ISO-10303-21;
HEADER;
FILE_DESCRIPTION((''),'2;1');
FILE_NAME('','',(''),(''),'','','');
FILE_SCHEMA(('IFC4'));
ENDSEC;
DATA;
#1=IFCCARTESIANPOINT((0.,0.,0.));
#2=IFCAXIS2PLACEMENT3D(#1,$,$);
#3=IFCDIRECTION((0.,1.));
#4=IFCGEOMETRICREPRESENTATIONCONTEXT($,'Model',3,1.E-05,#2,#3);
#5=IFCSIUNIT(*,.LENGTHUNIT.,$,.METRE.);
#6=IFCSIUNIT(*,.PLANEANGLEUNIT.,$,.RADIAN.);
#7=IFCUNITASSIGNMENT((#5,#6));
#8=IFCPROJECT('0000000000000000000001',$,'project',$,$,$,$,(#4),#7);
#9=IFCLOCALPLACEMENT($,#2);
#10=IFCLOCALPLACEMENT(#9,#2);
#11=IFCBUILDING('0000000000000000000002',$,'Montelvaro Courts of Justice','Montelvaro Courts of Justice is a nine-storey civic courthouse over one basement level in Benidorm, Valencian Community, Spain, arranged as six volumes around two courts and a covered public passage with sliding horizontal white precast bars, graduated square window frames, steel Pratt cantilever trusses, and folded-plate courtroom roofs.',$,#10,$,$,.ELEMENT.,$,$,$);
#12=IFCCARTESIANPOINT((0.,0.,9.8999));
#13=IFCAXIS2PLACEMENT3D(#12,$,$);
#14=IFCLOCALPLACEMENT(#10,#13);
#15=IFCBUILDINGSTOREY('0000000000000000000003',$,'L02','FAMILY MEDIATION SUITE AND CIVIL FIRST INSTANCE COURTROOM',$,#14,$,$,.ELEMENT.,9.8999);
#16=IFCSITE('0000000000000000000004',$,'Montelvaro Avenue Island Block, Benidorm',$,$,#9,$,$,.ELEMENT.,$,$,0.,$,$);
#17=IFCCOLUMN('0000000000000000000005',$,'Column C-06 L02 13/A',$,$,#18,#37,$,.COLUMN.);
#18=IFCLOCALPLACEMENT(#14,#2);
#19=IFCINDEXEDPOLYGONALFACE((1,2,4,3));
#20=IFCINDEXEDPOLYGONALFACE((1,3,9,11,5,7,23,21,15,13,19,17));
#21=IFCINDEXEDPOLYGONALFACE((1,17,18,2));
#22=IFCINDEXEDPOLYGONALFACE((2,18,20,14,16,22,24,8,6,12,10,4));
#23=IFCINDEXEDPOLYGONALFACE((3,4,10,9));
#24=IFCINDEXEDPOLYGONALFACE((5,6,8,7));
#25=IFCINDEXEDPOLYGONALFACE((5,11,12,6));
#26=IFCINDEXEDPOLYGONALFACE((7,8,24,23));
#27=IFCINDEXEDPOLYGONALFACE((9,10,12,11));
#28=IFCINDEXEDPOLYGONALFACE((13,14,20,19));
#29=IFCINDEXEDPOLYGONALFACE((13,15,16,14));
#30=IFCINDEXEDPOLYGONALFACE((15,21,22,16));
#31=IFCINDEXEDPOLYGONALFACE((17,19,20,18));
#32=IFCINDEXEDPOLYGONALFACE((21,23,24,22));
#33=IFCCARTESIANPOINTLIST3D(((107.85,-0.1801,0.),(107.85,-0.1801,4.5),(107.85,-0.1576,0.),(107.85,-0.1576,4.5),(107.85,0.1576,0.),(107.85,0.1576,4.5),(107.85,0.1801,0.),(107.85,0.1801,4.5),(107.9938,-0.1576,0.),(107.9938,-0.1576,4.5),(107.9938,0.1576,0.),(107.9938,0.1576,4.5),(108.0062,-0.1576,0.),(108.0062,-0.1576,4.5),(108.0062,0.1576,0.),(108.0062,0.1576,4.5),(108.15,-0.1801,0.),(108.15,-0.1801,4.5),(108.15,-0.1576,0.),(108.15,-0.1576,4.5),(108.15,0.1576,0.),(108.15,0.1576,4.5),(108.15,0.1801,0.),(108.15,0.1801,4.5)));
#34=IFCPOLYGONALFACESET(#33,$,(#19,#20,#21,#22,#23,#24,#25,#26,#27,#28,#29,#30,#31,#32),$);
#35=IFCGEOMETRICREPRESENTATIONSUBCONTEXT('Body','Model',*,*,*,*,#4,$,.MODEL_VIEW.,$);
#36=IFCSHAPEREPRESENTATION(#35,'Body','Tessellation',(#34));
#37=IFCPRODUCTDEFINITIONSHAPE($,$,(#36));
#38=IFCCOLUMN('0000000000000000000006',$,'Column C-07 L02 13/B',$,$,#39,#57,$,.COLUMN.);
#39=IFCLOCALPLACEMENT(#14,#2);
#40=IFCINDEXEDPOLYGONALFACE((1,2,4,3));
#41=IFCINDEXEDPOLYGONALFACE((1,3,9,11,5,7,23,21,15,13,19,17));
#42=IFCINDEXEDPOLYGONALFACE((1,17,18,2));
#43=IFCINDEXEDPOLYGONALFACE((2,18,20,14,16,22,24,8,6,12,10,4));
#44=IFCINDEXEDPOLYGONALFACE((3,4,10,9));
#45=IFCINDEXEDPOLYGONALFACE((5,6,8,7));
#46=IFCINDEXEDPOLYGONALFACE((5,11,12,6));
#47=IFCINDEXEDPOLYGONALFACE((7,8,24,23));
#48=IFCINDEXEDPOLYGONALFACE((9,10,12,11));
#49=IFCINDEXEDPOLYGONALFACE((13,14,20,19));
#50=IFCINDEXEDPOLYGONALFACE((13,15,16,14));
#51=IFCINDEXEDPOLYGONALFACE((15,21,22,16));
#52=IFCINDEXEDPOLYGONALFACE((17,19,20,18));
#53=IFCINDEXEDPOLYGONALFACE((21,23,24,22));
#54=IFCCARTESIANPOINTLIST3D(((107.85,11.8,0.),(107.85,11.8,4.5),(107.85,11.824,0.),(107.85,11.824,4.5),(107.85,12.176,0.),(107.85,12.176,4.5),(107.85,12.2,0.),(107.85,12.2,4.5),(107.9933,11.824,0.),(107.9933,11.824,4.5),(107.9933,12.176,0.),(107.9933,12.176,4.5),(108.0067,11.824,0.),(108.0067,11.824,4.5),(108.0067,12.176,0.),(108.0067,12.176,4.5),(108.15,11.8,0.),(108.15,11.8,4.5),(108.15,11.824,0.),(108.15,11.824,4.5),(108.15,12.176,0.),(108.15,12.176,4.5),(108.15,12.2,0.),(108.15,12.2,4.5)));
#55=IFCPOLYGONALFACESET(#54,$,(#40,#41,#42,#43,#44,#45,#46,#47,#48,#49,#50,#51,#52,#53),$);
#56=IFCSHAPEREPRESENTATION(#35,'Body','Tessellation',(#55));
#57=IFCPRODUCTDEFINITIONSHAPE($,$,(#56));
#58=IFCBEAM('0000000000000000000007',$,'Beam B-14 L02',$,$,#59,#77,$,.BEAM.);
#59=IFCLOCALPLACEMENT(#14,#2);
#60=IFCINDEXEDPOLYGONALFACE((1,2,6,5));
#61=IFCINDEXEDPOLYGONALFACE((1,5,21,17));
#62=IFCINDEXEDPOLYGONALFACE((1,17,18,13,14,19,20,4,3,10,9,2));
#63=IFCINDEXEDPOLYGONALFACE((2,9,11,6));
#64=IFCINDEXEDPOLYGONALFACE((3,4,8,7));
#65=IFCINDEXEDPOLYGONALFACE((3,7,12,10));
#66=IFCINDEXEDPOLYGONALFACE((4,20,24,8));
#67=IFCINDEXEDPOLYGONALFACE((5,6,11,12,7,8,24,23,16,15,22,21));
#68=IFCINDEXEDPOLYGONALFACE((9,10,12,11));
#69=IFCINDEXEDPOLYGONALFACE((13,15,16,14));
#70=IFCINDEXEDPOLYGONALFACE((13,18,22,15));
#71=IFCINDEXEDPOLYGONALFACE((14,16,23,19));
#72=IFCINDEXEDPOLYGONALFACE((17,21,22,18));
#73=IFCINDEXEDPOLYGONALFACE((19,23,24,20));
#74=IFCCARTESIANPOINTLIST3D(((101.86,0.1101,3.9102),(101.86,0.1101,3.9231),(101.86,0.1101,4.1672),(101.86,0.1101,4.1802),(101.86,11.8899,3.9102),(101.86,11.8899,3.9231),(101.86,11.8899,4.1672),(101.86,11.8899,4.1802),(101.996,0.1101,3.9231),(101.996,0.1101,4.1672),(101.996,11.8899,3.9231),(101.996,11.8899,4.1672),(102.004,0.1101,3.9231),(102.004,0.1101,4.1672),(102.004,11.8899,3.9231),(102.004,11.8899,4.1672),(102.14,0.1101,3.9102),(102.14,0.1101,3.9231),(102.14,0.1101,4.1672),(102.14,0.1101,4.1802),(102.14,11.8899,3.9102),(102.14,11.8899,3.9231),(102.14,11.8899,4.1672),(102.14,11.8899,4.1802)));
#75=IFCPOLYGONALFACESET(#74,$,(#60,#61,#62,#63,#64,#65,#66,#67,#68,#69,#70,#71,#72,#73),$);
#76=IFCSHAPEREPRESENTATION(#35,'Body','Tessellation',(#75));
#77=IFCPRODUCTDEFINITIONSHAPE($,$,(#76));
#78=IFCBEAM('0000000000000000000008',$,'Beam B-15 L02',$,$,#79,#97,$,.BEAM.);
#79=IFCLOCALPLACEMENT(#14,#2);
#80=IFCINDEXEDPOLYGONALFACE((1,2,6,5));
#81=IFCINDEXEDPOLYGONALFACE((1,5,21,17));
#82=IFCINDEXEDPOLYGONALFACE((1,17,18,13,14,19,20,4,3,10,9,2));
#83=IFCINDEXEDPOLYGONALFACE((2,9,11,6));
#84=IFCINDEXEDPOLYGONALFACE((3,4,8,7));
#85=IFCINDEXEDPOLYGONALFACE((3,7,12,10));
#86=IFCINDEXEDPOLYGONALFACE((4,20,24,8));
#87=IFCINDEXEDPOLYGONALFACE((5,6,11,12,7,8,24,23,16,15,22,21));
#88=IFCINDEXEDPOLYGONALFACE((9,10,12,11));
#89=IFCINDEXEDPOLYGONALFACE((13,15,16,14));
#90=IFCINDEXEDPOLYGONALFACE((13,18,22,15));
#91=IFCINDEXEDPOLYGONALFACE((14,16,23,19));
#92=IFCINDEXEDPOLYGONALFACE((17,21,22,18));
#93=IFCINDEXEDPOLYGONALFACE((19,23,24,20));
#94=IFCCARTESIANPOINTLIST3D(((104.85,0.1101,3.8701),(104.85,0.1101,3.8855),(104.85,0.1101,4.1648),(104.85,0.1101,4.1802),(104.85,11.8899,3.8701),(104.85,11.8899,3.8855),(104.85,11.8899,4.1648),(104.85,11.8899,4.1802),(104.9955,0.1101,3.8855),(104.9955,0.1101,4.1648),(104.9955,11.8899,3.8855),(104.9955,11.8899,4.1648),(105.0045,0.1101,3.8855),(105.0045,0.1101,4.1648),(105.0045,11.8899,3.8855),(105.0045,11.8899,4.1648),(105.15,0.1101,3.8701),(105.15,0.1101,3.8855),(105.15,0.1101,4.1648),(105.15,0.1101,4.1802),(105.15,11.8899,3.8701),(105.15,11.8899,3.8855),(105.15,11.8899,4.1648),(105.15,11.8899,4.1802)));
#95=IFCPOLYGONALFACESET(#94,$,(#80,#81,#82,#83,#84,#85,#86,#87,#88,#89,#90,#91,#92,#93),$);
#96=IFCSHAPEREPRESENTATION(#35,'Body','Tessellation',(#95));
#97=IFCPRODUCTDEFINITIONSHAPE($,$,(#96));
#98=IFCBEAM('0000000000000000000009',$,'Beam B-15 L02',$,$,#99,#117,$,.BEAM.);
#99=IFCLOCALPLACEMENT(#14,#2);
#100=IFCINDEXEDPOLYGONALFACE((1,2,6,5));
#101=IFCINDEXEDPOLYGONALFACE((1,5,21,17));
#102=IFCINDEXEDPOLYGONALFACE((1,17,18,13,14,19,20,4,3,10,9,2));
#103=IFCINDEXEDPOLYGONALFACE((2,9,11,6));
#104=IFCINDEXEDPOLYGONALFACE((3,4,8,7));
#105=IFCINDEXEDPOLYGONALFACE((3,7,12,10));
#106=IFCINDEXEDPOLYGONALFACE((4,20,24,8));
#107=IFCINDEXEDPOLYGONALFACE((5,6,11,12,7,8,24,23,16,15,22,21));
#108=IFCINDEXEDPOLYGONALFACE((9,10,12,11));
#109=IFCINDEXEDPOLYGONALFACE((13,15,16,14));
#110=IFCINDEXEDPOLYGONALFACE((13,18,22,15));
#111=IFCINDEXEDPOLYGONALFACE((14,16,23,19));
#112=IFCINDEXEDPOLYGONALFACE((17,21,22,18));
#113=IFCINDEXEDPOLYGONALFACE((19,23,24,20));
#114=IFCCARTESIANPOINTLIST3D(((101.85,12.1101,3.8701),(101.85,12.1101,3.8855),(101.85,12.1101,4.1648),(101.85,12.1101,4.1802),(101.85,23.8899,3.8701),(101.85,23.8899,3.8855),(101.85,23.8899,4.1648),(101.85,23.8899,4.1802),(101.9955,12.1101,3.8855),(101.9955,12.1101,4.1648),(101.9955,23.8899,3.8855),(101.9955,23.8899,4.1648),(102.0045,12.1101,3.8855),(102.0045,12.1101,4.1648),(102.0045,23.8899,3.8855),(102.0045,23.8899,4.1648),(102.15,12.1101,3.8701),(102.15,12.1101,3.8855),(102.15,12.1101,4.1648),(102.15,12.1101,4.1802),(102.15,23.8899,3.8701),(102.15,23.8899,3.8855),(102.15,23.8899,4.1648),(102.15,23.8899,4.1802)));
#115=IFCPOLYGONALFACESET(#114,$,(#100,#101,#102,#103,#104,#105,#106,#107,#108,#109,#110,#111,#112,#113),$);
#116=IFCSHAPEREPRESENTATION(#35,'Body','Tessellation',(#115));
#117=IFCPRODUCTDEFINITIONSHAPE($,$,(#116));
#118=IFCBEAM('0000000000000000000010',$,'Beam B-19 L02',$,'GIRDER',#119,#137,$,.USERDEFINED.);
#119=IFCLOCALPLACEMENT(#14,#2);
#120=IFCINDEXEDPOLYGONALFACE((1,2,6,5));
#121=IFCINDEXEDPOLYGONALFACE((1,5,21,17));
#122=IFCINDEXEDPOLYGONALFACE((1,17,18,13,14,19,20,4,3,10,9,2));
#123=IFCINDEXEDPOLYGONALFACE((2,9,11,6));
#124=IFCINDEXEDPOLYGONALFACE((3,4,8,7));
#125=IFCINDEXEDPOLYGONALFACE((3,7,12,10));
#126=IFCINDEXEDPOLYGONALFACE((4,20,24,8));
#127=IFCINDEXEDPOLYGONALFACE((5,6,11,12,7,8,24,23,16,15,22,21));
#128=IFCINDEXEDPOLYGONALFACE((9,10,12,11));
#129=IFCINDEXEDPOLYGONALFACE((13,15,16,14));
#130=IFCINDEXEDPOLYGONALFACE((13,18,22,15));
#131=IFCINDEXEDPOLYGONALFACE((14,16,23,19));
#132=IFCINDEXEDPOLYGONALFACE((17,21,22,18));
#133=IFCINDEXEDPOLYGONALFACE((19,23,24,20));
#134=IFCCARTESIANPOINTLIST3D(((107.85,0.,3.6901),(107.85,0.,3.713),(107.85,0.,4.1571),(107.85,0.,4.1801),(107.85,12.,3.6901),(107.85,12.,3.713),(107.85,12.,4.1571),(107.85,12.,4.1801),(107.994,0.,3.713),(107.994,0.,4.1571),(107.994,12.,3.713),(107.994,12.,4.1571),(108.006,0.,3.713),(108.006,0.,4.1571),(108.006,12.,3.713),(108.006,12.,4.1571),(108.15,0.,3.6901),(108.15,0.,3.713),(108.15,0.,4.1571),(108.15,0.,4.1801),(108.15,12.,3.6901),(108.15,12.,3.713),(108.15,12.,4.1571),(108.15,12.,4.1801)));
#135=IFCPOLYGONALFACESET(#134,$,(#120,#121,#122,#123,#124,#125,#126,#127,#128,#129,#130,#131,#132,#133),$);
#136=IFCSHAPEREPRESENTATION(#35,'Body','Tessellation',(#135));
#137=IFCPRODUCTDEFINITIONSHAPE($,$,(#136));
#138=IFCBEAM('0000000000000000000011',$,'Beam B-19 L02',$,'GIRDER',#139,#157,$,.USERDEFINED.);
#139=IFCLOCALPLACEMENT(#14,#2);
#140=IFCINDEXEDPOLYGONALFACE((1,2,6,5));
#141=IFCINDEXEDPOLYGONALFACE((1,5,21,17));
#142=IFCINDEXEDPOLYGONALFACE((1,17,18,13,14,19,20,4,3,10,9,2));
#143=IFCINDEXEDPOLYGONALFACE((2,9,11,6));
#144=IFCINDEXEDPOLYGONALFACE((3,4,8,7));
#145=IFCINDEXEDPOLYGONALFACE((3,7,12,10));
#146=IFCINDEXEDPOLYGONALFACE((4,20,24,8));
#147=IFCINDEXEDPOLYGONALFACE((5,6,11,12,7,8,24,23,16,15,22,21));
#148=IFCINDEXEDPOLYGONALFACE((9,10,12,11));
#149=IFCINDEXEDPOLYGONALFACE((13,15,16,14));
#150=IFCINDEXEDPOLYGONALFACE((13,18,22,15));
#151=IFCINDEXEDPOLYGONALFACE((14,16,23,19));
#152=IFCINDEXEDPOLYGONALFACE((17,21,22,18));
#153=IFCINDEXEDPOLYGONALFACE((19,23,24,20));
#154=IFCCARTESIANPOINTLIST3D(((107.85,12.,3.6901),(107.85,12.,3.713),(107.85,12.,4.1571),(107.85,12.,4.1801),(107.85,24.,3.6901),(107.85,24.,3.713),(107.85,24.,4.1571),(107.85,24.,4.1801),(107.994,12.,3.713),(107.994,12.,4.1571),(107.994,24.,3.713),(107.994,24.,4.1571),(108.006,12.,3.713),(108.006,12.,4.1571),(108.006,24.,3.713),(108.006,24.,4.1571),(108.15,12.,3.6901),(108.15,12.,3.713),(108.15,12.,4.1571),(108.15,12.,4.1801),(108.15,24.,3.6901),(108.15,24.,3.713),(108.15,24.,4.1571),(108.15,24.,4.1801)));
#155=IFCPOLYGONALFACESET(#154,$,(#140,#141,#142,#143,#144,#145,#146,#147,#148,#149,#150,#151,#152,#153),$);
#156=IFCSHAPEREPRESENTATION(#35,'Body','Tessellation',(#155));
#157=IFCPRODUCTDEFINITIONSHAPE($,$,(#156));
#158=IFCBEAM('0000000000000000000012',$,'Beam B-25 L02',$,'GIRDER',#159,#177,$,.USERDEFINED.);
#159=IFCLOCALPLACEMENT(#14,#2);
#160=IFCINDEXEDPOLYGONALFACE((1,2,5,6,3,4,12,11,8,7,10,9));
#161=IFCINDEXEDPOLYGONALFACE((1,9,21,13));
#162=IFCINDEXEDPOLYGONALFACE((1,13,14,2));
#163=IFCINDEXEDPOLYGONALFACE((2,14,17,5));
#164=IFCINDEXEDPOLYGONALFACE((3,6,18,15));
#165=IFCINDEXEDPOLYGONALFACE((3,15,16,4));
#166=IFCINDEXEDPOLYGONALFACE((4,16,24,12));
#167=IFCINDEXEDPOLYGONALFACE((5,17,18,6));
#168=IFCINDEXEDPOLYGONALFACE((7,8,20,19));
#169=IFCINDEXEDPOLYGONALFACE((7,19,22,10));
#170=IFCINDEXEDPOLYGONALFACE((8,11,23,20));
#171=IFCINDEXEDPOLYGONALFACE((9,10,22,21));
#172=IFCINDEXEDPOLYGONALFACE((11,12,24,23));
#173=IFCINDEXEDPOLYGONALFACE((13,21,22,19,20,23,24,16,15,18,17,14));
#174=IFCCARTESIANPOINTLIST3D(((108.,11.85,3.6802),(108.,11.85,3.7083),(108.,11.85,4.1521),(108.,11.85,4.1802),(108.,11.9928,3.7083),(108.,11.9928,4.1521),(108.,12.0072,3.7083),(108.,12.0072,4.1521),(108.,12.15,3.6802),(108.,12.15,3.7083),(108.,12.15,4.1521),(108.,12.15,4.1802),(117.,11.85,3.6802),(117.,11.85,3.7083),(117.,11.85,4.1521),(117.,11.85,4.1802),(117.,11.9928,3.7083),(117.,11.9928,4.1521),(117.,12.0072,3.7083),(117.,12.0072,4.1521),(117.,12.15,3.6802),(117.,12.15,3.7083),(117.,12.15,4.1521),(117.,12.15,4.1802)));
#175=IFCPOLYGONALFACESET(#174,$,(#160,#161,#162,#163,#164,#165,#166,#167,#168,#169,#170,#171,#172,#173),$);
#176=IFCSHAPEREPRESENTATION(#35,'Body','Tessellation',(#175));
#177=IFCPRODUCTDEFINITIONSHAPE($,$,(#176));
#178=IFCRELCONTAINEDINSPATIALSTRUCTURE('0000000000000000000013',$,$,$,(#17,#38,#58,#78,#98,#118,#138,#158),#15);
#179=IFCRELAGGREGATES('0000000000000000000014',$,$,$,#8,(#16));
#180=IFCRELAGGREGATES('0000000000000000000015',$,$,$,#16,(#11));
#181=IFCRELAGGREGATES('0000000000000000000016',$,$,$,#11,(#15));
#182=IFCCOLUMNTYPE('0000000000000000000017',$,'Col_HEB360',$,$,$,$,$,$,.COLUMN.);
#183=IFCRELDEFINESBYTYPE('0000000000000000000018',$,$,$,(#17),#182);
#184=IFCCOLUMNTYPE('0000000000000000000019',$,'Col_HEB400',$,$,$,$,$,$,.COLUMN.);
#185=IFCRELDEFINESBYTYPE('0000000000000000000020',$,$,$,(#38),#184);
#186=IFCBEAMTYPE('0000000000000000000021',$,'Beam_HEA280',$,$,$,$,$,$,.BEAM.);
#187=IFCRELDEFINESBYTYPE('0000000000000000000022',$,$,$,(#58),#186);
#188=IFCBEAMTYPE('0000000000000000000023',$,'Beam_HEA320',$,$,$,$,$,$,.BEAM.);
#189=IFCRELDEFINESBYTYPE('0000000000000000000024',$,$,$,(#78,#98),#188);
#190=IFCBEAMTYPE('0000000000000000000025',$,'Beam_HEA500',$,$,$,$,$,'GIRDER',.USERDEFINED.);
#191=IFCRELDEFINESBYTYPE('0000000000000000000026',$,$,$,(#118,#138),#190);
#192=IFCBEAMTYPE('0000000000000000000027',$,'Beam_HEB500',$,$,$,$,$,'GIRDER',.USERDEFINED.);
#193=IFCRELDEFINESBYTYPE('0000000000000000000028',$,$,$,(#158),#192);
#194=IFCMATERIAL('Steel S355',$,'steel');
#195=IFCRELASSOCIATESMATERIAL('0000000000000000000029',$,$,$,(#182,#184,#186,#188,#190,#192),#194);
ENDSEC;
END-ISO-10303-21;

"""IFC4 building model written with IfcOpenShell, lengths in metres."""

from ifc_helpers import new_model, si_unit, direction, frame, origin, origin_2d, place, context, subcontext, project, spatial, i_section, extrude, material, material_profile, profile_set, type_object, element, save


model = new_model("IFC4")

# Units and contexts
model_context = context("Model", 3, precision=1e-05, world=origin(), true_north=direction((0.0, 1.0)))
body_context = subcontext(model_context, "Body", "Model", "MODEL_VIEW")
ifc_project = project(units=[si_unit("LENGTHUNIT", "METRE"), si_unit("PLANEANGLEUNIT", "RADIAN")], contexts=[model_context])

# Site, building, storey
site_placement = place(None, origin())
site = spatial("IfcSite", under=ifc_project, at=site_placement, Name="Montelvaro Avenue Island Block, Benidorm", CompositionType="ELEMENT", RefElevation=0.0)
building_placement = place(site_placement, origin())
building = spatial("IfcBuilding", under=site, at=building_placement, Name="Montelvaro Courts of Justice", Description="Montelvaro Courts of Justice is a nine-storey civic courthouse over one basement level in Benidorm, Valencian Community, Spain, arranged as six volumes around two courts and a covered public passage with sliding horizontal white precast bars, graduated square window frames, steel Pratt cantilever trusses, and folded-plate courtroom roofs.", CompositionType="ELEMENT")
storey_placement = place(building_placement, frame((0.0, 0.0, 9.8999)))
storey = spatial("IfcBuildingStorey", under=building, at=storey_placement, Name="L02", Description="FAMILY MEDIATION SUITE AND CIVIL FIRST INSTANCE COURTROOM", CompositionType="ELEMENT", Elevation=9.8999)

# Columns
ifc_material_1 = material(Name="Steel S355", Category="steel")
ifc_material_profile_1 = material_profile(ifc_material_1, i_section(OverallWidth=0.3, OverallDepth=0.3601, WebThickness=0.0125, FlangeThickness=0.0225, at=origin_2d()), Name="HEB 360")
ifc_profile_set_1 = profile_set([ifc_material_profile_1], Name="Steel S355")
column_type_1 = type_object("IfcColumnType", Name="Col_HEB360", PredefinedType="COLUMN", material=ifc_profile_set_1)
column_1_placement = place(storey_placement, frame((108.0, 0.0, 0.0), z_axis=(0.0, 0.0, 1.0), x_axis=(1.0, 0.0, 0.0)))
element("IfcColumn", 1, at=column_1_placement, inside=storey, type_object=column_type_1, Name="Column C-06 L02 13/A", PredefinedType="COLUMN", context=body_context, shape_type="SweptSolid", body=[
    extrude(i_section(OverallWidth=0.3, OverallDepth=0.3601, WebThickness=0.0125, FlangeThickness=0.0225, at=origin_2d()), origin(), (0.0, 0.0, 1.0), 4.5),
])
ifc_material_profile_2 = material_profile(ifc_material_1, i_section(OverallWidth=0.3, OverallDepth=0.3999, WebThickness=0.0134, FlangeThickness=0.0239, at=origin_2d()), Name="HEB 400")
ifc_profile_set_2 = profile_set([ifc_material_profile_2], Name="Steel S355")
column_type_2 = type_object("IfcColumnType", Name="Col_HEB400", PredefinedType="COLUMN", material=ifc_profile_set_2)
column_2_placement = place(storey_placement, frame((108.0, 12.0, 0.0), z_axis=(0.0, 0.0, 1.0), x_axis=(1.0, 0.0, 0.0)))
element("IfcColumn", 2, at=column_2_placement, inside=storey, type_object=column_type_2, Name="Column C-07 L02 13/B", PredefinedType="COLUMN", context=body_context, shape_type="SweptSolid", body=[
    extrude(i_section(OverallWidth=0.3, OverallDepth=0.3999, WebThickness=0.0134, FlangeThickness=0.0239, at=origin_2d()), origin(), (0.0, 0.0, 1.0), 4.5),
])

# Beams
ifc_material_profile_3 = material_profile(ifc_material_1, i_section(OverallWidth=0.28, OverallDepth=0.27, WebThickness=0.0081, FlangeThickness=0.0129, at=origin_2d()), Name="HEA 280")
ifc_profile_set_3 = profile_set([ifc_material_profile_3], Name="Steel S355")
beam_type_1 = type_object("IfcBeamType", Name="Beam_HEA280", PredefinedType="BEAM", material=ifc_profile_set_3)
beam_1_placement = place(storey_placement, frame((102.0, 0.1101, 4.0452), z_axis=(0.0, 1.0, 0.0), x_axis=(-1.0, 0.0, 0.0)))
element("IfcBeam", 3, at=beam_1_placement, inside=storey, type_object=beam_type_1, Name="Beam B-14 L02", PredefinedType="BEAM", context=body_context, shape_type="SweptSolid", body=[
    extrude(i_section(OverallWidth=0.28, OverallDepth=0.27, WebThickness=0.0081, FlangeThickness=0.0129, at=origin_2d()), origin(), (0.0, 0.0, 1.0), 11.7798),
])
ifc_material_profile_4 = material_profile(ifc_material_1, i_section(OverallWidth=0.3, OverallDepth=0.3101, WebThickness=0.009, FlangeThickness=0.0154, at=origin_2d()), Name="HEA 320")
ifc_profile_set_4 = profile_set([ifc_material_profile_4], Name="Steel S355")
beam_type_2 = type_object("IfcBeamType", Name="Beam_HEA320", PredefinedType="BEAM", material=ifc_profile_set_4)
for number, where, z_axis, x_axis, name in (
    (4, (105.0, 0.1101, 4.0251), (0.0, 1.0, 0.0), (-1.0, 0.0, 0.0), "Beam B-15 L02"),
    (5, (102.0, 12.1101, 4.0251), (0.0, 1.0, 0.0), (-1.0, 0.0, 0.0), "Beam B-15 L02"),
):
    element("IfcBeam", number, at=place(storey_placement, frame(where, z_axis=z_axis, x_axis=x_axis)), inside=storey, type_object=beam_type_2, Name=name, PredefinedType="BEAM", context=body_context, shape_type="SweptSolid", body=[
        extrude(i_section(OverallWidth=0.3, OverallDepth=0.3101, WebThickness=0.009, FlangeThickness=0.0154, at=origin_2d()), origin(), (0.0, 0.0, 1.0), 11.7798),
    ])
ifc_material_profile_5 = material_profile(ifc_material_1, i_section(OverallWidth=0.3, OverallDepth=0.49, WebThickness=0.012, FlangeThickness=0.0229, at=origin_2d()), Name="HEA 500")
ifc_profile_set_5 = profile_set([ifc_material_profile_5], Name="Steel S355")
beam_type_3 = type_object("IfcBeamType", Name="Beam_HEA500", ElementType="GIRDER", PredefinedType="USERDEFINED", material=ifc_profile_set_5)
for number, where, z_axis, x_axis, name in (
    (6, (108.0, 0.0, 3.9351), (0.0, 1.0, 0.0), (-1.0, 0.0, 0.0), "Beam B-19 L02"),
    (7, (108.0, 12.0, 3.9351), (0.0, 1.0, 0.0), (-1.0, 0.0, 0.0), "Beam B-19 L02"),
):
    element("IfcBeam", number, at=place(storey_placement, frame(where, z_axis=z_axis, x_axis=x_axis)), inside=storey, type_object=beam_type_3, Name=name, ObjectType="GIRDER", PredefinedType="USERDEFINED", context=body_context, shape_type="SweptSolid", body=[
        extrude(i_section(OverallWidth=0.3, OverallDepth=0.49, WebThickness=0.012, FlangeThickness=0.0229, at=origin_2d()), origin(), (0.0, 0.0, 1.0), 12.0),
    ])
ifc_material_profile_6 = material_profile(ifc_material_1, i_section(OverallWidth=0.3, OverallDepth=0.5, WebThickness=0.0144, FlangeThickness=0.0281, at=origin_2d()), Name="HEB 500")
ifc_profile_set_6 = profile_set([ifc_material_profile_6], Name="Steel S355")
beam_type_4 = type_object("IfcBeamType", Name="Beam_HEB500", ElementType="GIRDER", PredefinedType="USERDEFINED", material=ifc_profile_set_6)
beam_2_placement = place(storey_placement, frame((108.0, 12.0, 3.9302), z_axis=(1.0, 0.0, 0.0), x_axis=(0.0, 1.0, 0.0)))
element("IfcBeam", 8, at=beam_2_placement, inside=storey, type_object=beam_type_4, Name="Beam B-25 L02", ObjectType="GIRDER", PredefinedType="USERDEFINED", context=body_context, shape_type="SweptSolid", body=[
    extrude(i_section(OverallWidth=0.3, OverallDepth=0.5, WebThickness=0.0144, FlangeThickness=0.0281, at=origin_2d()), origin(), (0.0, 0.0, 1.0), 9.0),
])

save(model, "model.ifc")
